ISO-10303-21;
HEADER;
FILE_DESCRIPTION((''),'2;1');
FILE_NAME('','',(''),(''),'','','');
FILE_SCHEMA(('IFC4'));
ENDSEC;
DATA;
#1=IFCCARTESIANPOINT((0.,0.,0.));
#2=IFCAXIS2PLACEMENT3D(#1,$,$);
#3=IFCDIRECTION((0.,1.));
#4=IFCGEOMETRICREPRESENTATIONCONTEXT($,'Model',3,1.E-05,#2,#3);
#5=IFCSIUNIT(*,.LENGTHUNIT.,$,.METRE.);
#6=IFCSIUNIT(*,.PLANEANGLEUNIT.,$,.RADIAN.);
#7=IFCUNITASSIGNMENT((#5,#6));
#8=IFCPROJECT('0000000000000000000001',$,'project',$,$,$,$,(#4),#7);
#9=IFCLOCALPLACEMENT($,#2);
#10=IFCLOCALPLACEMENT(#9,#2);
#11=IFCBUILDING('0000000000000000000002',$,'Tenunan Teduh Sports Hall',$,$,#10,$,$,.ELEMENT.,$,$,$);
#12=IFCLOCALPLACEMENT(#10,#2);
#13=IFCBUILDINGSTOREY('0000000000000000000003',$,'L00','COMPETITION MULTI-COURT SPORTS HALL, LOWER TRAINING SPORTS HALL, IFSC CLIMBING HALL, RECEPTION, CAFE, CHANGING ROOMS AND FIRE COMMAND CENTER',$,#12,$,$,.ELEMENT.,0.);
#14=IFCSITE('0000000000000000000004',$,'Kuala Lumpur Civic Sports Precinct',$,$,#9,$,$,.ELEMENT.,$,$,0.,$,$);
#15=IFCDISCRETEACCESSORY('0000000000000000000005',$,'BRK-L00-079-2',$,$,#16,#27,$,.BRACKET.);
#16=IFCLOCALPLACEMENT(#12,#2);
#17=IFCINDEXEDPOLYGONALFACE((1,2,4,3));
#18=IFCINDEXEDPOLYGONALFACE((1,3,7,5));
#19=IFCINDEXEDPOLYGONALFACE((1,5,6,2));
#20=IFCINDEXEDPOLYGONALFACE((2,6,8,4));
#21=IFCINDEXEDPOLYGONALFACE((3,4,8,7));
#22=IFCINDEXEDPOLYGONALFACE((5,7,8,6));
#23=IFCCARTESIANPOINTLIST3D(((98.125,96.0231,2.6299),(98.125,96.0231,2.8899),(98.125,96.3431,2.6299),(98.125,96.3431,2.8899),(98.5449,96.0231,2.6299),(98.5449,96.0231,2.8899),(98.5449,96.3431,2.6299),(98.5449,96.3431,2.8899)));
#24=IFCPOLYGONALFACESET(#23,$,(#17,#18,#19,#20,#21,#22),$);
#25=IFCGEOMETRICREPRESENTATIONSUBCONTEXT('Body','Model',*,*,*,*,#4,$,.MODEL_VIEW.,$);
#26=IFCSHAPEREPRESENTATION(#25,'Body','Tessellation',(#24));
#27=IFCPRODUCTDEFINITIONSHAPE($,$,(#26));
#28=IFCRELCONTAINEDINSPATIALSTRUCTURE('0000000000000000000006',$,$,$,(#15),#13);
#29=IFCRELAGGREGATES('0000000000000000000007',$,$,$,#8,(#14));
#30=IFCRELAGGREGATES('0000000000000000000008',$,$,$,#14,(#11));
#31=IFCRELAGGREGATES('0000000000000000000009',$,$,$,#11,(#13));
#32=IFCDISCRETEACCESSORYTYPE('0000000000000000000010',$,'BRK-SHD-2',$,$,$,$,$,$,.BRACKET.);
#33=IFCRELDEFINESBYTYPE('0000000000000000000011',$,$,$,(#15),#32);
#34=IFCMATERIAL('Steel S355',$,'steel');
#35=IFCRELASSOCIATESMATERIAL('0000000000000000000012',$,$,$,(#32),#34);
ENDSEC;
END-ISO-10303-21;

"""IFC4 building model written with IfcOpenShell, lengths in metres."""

from ifc_helpers import new_model, si_unit, direction, frame, origin, origin_2d, place, context, subcontext, project, spatial, rectangle, extrude, material, type_object, element, save


model = new_model("IFC4")

# Units and contexts
model_context = context("Model", 3, precision=1e-05, world=origin(), true_north=direction((0.0, 1.0)))
body_context = subcontext(model_context, "Body", "Model", "MODEL_VIEW")
ifc_project = project(units=[si_unit("LENGTHUNIT", "METRE"), si_unit("PLANEANGLEUNIT", "RADIAN")], contexts=[model_context])

# Site, building, storey
site_placement = place(None, origin())
site = spatial("IfcSite", under=ifc_project, at=site_placement, Name="Kuala Lumpur Civic Sports Precinct", CompositionType="ELEMENT", RefElevation=0.0)
building_placement = place(site_placement, origin())
building = spatial("IfcBuilding", under=site, at=building_placement, Name="Tenunan Teduh Sports Hall", CompositionType="ELEMENT")
storey_placement = place(building_placement, origin())
storey = spatial("IfcBuildingStorey", under=building, at=storey_placement, Name="L00", Description="COMPETITION MULTI-COURT SPORTS HALL, LOWER TRAINING SPORTS HALL, IFSC CLIMBING HALL, RECEPTION, CAFE, CHANGING ROOMS AND FIRE COMMAND CENTER", CompositionType="ELEMENT", Elevation=0.0)

# Discrete accessory
ifc_material_1 = material(Name="Steel S355", Category="steel")
discrete_accessory_type_1 = type_object("IfcDiscreteAccessoryType", Name="BRK-SHD-2", PredefinedType="BRACKET", material=ifc_material_1)
discrete_accessory_placement = place(storey_placement, frame((98.335, 96.1831, 2.6299), z_axis=(0.0, 0.0, 1.0), x_axis=(0.0, 1.0, 0.0)))
element("IfcDiscreteAccessory", 1, at=discrete_accessory_placement, inside=storey, type_object=discrete_accessory_type_1, Name="BRK-L00-079-2", PredefinedType="BRACKET", context=body_context, shape_type="SweptSolid", body=[
    extrude(rectangle(XDim=0.3201, YDim=0.4199, at=origin_2d()), origin(), (0.0, 0.0, 1.0), 0.26),
])

save(model, "model.ifc")
